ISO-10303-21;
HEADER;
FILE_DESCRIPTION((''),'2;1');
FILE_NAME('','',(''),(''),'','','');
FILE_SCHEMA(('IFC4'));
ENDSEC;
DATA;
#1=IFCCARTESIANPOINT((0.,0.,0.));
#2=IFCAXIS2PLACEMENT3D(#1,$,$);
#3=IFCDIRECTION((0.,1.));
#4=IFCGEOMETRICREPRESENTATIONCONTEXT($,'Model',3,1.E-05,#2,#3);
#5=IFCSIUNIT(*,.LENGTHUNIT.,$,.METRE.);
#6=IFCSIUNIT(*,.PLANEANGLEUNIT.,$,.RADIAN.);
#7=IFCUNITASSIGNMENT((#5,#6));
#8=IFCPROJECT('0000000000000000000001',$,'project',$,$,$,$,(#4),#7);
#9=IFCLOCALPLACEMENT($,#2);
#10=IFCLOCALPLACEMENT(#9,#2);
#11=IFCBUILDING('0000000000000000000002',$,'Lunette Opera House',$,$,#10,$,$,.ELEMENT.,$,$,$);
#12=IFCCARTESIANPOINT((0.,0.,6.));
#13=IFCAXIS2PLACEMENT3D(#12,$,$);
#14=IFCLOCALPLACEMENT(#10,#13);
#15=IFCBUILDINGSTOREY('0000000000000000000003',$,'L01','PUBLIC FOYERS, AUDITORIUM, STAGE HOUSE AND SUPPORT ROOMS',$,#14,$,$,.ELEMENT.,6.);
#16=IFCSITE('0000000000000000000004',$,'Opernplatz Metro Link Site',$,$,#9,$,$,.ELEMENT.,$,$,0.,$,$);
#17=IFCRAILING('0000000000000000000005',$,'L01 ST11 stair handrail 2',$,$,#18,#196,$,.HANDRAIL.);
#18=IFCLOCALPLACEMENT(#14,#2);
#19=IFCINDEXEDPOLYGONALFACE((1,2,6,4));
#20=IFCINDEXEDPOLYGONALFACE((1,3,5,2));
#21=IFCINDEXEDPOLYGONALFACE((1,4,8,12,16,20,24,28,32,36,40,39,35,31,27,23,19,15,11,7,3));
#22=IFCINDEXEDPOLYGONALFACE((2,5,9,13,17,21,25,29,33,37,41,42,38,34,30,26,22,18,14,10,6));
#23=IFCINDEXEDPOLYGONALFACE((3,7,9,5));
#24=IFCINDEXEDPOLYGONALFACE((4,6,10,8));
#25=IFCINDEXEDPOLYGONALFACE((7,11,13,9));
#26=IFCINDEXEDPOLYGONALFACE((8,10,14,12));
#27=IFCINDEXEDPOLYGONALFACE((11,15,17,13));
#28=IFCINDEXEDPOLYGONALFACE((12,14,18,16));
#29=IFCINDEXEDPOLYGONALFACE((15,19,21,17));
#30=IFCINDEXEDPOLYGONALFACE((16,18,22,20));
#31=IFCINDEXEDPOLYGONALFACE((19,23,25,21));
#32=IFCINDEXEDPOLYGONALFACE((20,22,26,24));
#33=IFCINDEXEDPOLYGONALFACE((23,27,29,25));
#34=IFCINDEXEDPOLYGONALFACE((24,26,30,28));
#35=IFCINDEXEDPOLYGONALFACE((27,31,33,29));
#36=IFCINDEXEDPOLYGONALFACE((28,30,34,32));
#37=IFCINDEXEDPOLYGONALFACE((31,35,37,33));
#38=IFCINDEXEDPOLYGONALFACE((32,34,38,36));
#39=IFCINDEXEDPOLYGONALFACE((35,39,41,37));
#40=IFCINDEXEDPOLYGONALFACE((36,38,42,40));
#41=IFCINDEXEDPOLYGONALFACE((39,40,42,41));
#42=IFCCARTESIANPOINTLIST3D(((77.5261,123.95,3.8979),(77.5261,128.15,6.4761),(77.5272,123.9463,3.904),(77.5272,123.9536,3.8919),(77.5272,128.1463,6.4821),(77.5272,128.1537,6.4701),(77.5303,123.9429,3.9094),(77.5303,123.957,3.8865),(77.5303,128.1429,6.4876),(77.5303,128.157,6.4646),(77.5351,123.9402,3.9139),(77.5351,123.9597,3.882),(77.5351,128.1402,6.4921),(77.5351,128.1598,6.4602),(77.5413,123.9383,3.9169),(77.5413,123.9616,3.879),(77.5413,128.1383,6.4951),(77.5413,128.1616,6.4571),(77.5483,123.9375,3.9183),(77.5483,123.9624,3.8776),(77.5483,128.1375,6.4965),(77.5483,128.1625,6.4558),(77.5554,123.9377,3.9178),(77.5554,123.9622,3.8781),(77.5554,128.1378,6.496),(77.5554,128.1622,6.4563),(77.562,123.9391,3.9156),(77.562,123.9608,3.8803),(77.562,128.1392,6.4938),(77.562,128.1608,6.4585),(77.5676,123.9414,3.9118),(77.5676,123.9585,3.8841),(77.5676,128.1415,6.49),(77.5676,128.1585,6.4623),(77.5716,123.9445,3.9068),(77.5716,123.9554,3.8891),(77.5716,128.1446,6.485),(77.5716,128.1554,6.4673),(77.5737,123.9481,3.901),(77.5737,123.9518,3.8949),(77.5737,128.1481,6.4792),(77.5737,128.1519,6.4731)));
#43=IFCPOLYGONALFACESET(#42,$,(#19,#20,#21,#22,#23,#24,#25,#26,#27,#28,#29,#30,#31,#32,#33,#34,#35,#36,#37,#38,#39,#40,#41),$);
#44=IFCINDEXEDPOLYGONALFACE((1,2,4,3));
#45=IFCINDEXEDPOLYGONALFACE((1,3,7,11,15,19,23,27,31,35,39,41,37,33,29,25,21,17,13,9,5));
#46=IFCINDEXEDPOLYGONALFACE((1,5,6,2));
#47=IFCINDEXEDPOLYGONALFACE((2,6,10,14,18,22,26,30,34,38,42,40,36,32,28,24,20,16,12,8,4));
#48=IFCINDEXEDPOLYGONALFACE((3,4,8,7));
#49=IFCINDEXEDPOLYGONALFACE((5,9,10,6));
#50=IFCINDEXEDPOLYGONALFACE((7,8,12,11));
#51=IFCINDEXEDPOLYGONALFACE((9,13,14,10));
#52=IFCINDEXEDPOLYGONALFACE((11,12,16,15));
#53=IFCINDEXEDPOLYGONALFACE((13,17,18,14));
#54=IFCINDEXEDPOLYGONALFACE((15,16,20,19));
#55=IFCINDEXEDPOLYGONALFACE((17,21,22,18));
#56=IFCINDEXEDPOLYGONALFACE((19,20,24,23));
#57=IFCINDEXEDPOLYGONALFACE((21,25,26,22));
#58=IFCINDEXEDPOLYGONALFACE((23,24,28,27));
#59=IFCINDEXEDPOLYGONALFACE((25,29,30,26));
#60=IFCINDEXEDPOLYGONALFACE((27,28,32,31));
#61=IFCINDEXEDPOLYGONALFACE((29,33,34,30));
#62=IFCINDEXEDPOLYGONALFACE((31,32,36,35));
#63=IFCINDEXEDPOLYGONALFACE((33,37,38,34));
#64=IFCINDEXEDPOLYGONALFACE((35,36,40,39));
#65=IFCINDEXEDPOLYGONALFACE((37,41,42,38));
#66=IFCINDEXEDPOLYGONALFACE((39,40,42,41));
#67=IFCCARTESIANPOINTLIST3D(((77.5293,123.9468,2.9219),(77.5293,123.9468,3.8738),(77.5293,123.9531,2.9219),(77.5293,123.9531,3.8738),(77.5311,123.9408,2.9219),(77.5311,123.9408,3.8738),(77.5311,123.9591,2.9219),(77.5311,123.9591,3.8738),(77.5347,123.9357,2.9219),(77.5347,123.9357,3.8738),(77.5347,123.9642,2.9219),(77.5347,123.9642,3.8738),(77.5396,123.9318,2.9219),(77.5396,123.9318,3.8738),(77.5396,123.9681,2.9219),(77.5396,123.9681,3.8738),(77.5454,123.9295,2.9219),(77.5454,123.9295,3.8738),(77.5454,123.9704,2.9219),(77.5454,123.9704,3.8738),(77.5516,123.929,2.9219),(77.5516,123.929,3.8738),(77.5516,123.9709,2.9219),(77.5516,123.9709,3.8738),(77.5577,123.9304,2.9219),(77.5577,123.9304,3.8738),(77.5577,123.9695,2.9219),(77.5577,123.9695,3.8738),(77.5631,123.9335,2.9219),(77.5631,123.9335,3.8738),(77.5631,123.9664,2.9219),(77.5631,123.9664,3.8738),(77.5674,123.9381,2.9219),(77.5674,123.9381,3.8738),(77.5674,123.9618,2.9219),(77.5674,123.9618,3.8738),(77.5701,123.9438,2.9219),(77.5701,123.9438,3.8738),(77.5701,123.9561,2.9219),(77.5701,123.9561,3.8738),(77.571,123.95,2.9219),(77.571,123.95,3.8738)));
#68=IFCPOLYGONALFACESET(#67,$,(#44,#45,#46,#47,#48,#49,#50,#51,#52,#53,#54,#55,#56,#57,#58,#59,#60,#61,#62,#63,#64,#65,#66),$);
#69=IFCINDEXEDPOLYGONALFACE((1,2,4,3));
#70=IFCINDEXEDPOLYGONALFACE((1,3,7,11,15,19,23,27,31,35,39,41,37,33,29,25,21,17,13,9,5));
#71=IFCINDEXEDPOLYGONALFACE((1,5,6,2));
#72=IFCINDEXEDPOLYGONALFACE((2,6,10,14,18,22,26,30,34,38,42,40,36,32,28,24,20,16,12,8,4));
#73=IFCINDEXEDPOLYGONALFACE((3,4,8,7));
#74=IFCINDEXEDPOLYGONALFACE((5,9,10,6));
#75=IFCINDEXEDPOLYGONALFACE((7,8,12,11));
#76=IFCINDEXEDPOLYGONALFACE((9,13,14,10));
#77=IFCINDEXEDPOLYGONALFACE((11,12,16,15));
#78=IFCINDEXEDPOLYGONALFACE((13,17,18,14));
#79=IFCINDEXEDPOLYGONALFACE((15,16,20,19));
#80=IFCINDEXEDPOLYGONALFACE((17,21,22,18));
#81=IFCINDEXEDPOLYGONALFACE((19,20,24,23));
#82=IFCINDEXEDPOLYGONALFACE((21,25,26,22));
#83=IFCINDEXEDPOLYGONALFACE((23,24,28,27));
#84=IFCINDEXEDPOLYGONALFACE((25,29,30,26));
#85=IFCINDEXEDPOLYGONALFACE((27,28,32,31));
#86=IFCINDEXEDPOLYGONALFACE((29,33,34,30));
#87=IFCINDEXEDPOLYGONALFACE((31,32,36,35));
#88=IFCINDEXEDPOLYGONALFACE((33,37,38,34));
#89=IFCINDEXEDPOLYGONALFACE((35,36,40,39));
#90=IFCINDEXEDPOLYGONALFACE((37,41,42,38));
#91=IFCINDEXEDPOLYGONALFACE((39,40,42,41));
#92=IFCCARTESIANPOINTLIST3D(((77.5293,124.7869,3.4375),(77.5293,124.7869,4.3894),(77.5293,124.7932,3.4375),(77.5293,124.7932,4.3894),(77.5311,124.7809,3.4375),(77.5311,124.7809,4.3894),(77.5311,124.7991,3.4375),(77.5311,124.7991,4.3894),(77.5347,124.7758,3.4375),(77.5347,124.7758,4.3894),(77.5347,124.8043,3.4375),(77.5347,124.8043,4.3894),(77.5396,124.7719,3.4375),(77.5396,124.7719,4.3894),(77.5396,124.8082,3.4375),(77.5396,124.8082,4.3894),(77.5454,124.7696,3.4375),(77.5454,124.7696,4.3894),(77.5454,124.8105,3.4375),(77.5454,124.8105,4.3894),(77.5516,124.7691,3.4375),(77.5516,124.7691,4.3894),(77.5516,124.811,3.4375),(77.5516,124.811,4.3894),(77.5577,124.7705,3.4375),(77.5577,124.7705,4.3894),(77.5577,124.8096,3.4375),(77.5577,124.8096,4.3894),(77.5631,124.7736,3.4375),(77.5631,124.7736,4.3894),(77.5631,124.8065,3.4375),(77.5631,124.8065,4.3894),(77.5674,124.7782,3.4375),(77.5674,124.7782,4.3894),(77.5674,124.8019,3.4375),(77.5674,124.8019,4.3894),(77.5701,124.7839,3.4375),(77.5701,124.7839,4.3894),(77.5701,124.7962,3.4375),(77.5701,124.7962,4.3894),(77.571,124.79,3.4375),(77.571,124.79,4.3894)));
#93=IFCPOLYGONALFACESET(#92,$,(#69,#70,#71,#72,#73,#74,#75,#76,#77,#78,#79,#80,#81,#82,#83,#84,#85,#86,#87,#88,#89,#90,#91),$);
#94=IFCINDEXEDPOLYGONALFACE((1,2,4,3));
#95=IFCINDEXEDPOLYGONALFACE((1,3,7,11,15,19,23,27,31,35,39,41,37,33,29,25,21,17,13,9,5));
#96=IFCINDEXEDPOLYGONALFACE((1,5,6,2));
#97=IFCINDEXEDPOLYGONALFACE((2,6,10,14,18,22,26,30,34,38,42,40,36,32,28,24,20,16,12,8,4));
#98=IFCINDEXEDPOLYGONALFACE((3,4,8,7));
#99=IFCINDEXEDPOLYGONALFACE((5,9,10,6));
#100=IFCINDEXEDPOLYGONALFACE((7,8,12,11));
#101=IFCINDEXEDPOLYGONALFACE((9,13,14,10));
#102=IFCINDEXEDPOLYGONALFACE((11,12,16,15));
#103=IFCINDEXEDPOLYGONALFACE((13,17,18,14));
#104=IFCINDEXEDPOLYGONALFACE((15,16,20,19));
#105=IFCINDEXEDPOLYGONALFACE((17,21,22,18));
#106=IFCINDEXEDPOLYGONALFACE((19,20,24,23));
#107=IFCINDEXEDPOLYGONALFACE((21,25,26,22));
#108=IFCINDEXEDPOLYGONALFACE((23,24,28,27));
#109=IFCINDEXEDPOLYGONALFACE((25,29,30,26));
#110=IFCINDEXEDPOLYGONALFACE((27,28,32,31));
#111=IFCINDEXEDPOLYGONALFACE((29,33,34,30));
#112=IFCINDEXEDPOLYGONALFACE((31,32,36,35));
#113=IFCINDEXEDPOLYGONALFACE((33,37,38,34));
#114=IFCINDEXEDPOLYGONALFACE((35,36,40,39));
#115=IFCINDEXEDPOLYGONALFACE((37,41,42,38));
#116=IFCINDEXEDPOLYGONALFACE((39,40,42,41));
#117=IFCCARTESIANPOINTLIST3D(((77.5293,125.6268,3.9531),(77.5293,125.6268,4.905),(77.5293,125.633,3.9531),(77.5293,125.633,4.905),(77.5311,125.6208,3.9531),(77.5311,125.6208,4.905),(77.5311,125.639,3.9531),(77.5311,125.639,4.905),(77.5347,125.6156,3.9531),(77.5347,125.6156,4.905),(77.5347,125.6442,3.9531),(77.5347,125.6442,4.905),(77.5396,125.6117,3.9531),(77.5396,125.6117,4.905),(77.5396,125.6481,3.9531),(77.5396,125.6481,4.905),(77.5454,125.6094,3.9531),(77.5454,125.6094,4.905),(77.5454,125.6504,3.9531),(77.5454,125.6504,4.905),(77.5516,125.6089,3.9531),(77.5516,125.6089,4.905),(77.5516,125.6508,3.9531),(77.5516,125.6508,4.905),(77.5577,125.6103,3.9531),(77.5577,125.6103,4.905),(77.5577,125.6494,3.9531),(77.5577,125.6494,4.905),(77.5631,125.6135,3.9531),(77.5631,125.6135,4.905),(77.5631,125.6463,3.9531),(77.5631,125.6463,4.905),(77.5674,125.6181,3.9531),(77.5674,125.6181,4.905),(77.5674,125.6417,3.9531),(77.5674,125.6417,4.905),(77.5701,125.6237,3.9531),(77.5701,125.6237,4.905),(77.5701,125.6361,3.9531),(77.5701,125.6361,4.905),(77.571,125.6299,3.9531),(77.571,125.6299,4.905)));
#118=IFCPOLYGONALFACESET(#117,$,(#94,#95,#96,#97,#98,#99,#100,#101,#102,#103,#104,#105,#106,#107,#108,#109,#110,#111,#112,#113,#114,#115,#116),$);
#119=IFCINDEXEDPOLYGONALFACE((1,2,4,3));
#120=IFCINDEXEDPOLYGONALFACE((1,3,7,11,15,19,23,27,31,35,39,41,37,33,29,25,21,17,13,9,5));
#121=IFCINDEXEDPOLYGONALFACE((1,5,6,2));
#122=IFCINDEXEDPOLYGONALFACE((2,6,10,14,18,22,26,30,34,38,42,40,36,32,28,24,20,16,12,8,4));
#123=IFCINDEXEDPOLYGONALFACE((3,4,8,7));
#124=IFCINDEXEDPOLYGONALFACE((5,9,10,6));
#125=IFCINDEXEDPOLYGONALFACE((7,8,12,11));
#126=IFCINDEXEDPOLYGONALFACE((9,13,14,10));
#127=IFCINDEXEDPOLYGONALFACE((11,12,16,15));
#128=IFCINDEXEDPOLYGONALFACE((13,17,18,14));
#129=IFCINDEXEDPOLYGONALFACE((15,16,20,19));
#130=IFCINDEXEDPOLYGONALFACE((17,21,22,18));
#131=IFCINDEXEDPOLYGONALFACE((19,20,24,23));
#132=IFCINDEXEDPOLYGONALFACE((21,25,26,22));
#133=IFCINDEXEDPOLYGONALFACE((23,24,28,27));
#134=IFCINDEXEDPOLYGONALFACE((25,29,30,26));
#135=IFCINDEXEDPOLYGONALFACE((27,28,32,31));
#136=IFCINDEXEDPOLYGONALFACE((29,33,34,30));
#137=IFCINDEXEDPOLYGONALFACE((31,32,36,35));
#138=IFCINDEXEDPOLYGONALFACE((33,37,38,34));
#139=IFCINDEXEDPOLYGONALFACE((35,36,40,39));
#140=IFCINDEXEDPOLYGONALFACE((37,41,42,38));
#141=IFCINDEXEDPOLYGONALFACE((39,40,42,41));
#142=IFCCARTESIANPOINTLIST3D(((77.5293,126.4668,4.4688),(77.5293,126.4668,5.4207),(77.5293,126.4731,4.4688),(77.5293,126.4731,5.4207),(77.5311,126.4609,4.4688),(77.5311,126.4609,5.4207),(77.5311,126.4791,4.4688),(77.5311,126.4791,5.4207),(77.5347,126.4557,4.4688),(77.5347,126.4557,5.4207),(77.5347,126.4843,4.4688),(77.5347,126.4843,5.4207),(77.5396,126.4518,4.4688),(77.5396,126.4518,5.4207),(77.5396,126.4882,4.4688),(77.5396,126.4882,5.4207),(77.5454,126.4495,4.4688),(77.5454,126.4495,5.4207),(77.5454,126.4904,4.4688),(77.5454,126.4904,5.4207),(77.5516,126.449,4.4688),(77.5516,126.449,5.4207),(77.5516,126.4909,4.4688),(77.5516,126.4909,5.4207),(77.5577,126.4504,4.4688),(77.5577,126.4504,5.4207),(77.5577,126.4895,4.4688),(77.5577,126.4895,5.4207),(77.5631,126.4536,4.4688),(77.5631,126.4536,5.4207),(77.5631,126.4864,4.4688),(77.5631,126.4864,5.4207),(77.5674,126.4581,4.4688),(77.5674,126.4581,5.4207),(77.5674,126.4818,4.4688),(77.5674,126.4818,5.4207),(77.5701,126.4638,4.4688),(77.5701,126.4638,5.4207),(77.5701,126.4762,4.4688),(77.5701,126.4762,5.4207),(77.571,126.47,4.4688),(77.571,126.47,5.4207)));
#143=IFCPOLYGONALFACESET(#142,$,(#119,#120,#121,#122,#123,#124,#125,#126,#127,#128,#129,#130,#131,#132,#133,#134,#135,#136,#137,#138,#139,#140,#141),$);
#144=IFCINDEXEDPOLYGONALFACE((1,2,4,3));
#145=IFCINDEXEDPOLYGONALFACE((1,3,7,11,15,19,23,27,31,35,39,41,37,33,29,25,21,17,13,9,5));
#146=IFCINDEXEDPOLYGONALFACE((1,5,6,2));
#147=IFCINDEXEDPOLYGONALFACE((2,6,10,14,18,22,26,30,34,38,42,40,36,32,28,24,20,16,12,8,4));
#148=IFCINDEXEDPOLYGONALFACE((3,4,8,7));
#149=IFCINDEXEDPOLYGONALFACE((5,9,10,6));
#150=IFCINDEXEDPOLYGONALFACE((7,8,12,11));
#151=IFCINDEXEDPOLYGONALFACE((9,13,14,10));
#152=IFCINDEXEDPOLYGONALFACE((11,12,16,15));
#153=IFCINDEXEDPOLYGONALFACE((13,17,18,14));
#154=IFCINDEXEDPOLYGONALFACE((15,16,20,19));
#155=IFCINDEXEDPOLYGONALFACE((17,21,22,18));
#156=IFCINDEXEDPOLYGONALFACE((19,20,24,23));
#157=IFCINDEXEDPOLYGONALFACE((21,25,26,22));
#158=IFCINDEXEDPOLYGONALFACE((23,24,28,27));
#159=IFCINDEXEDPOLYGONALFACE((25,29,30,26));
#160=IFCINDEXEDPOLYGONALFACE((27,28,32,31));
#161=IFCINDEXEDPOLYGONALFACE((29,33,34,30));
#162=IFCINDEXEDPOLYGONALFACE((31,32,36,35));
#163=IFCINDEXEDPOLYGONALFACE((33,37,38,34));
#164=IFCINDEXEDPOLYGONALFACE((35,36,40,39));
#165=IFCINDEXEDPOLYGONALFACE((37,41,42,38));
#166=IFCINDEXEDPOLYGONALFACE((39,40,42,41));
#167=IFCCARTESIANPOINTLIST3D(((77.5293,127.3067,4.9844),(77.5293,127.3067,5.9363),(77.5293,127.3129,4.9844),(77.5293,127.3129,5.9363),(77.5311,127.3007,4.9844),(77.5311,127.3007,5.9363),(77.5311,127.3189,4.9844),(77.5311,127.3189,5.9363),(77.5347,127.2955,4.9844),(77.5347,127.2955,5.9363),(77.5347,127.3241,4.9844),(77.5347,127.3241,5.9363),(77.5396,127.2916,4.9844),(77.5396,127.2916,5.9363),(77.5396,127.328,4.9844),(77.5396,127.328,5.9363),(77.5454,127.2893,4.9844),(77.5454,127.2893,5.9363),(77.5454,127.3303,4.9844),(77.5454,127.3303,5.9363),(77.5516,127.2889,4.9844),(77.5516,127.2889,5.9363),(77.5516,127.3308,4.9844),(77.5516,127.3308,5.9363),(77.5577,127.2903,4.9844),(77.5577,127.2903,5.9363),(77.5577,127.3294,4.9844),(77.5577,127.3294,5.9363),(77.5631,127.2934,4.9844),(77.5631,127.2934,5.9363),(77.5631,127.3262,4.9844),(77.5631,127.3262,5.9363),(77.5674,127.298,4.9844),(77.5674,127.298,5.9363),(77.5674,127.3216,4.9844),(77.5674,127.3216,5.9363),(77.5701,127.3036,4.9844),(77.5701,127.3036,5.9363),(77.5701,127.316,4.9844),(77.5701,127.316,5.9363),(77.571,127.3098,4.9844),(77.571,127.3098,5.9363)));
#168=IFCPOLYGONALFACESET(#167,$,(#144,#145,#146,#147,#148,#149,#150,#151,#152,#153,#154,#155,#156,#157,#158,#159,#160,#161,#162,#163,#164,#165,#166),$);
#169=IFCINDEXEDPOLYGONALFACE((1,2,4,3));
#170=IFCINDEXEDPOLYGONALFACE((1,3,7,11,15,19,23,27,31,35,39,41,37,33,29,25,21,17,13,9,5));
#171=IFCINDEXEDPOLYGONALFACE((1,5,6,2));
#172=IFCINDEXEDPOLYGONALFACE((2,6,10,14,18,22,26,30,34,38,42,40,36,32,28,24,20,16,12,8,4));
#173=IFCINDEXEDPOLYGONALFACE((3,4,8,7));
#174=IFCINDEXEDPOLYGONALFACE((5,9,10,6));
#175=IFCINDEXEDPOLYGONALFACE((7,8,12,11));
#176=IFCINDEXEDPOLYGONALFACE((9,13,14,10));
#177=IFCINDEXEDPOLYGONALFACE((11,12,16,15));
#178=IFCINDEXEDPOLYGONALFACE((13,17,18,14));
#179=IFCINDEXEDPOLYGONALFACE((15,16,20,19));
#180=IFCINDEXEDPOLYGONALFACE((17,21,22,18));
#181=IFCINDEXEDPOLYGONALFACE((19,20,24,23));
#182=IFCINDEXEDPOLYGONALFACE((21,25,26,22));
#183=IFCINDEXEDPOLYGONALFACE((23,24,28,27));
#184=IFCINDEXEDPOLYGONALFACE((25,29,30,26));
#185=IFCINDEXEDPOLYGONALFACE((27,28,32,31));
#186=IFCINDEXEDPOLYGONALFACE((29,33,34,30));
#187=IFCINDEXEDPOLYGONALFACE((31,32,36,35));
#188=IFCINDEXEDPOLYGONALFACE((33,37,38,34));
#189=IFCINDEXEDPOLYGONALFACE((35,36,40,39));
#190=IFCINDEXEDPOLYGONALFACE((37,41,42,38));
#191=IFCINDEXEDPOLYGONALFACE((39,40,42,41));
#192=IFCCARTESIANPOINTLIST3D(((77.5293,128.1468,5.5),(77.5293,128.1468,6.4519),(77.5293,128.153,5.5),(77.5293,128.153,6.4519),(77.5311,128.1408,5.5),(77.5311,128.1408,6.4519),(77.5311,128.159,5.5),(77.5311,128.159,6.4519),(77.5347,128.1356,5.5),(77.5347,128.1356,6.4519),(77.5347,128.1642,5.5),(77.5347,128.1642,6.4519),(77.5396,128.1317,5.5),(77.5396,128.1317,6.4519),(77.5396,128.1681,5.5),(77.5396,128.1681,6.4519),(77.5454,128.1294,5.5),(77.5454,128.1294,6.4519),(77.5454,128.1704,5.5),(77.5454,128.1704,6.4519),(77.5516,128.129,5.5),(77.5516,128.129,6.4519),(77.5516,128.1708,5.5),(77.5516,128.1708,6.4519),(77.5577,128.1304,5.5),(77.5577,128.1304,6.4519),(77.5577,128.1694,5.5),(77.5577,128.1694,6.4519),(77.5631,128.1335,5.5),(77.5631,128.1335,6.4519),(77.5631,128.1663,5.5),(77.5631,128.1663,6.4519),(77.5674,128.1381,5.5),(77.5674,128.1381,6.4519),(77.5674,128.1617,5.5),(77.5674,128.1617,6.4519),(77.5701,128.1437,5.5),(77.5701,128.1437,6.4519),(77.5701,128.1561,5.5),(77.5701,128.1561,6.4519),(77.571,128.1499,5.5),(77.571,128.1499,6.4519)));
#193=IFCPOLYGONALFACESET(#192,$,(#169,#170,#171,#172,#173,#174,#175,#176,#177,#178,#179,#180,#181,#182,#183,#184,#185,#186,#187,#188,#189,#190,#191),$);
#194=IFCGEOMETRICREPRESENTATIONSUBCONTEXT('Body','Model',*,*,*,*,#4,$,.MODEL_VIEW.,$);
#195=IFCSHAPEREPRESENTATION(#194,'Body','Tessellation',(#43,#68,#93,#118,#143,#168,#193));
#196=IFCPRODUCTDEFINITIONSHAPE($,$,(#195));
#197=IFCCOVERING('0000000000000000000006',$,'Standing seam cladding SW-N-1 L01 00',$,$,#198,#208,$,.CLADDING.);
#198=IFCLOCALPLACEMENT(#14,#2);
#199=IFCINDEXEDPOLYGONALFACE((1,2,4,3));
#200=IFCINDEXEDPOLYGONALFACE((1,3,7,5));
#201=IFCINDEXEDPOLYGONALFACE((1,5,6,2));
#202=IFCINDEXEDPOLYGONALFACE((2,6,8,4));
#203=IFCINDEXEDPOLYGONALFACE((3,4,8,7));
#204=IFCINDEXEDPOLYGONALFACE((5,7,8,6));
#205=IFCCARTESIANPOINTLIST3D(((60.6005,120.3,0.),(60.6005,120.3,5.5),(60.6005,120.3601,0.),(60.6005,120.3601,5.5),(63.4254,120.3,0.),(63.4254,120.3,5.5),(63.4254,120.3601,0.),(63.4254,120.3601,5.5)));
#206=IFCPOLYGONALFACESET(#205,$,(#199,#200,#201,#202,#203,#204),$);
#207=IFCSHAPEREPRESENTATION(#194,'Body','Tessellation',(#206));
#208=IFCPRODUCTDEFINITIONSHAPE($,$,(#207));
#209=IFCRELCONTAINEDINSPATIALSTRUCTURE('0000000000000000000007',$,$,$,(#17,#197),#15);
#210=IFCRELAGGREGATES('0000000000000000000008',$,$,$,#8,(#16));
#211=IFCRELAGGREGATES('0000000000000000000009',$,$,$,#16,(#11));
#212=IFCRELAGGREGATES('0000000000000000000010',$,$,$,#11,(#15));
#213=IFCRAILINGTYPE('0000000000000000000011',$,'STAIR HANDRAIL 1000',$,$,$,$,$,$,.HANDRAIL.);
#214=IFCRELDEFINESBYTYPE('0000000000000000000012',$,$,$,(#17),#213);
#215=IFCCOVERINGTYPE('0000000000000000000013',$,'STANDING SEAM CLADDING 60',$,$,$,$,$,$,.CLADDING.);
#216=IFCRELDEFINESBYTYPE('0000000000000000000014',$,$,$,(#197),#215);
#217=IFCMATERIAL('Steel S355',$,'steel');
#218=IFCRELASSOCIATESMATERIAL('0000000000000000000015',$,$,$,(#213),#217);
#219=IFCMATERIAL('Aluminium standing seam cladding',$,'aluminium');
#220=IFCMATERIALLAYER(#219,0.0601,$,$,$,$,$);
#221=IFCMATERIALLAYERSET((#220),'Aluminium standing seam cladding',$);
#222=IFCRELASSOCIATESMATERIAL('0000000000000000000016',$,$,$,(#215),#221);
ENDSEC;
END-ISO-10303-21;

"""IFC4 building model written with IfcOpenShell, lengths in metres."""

from ifc_helpers import new_model, si_unit, direction, frame, origin, origin_2d, place, context, subcontext, project, spatial, rectangle, circle, extrude, material, layer, layer_set, type_object, element, save


model = new_model("IFC4")

# Units and contexts
model_context = context("Model", 3, precision=1e-05, world=origin(), true_north=direction((0.0, 1.0)))
body_context = subcontext(model_context, "Body", "Model", "MODEL_VIEW")
ifc_project = project(units=[si_unit("LENGTHUNIT", "METRE"), si_unit("PLANEANGLEUNIT", "RADIAN")], contexts=[model_context])

# Site, building, storey
site_placement = place(None, origin())
site = spatial("IfcSite", under=ifc_project, at=site_placement, Name="Opernplatz Metro Link Site", CompositionType="ELEMENT", RefElevation=0.0)
building_placement = place(site_placement, origin())
building = spatial("IfcBuilding", under=site, at=building_placement, Name="Lunette Opera House", CompositionType="ELEMENT")
storey_placement = place(building_placement, frame((0.0, 0.0, 6.0)))
storey = spatial("IfcBuildingStorey", under=building, at=storey_placement, Name="L01", Description="PUBLIC FOYERS, AUDITORIUM, STAGE HOUSE AND SUPPORT ROOMS", CompositionType="ELEMENT", Elevation=6.0)

# Railing
ifc_material_1 = material(Name="Steel S355", Category="steel")
railing_type_1 = type_object("IfcRailingType", Name="STAIR HANDRAIL 1000", PredefinedType="HANDRAIL", material=ifc_material_1)
railing_1_placement = place(storey_placement, frame((77.55, 123.95, 2.9219)))
element("IfcRailing", 1, at=railing_1_placement, inside=storey, type_object=railing_type_1, Name="L01 ST11 stair handrail 2", PredefinedType="HANDRAIL", context=body_context, shape_type="SweptSolid", body=[
    extrude(circle(Radius=0.0239, at=origin_2d()), frame((0.0, 0.0, 0.9761), z_axis=(0.0, 0.852243, 0.523146), x_axis=(-1.0, 0.0, 0.0)), (0.0, 0.0, 1.0), 4.9282),
    extrude(circle(Radius=0.021, at=origin_2d()), origin(), (0.0, 0.0, 1.0), 0.9519),
    extrude(circle(Radius=0.021, at=origin_2d()), frame((0.0, 0.8401, 0.5156)), (0.0, 0.0, 1.0), 0.9519),
    extrude(circle(Radius=0.021, at=origin_2d()), frame((0.0, 1.6799, 1.0312)), (0.0, 0.0, 1.0), 0.9519),
    extrude(circle(Radius=0.021, at=origin_2d()), frame((0.0, 2.52, 1.5469)), (0.0, 0.0, 1.0), 0.9519),
    extrude(circle(Radius=0.021, at=origin_2d()), frame((0.0, 3.3599, 2.0625)), (0.0, 0.0, 1.0), 0.9519),
    extrude(circle(Radius=0.021, at=origin_2d()), frame((0.0, 4.2, 2.5781)), (0.0, 0.0, 1.0), 0.9519),
])

# Covering
ifc_material_2 = material(Name="Aluminium standing seam cladding", Category="aluminium")
ifc_layer_1 = layer(ifc_material_2, 0.0601)
ifc_layer_set_1 = layer_set([ifc_layer_1], Name="Aluminium standing seam cladding")
covering_type = type_object("IfcCoveringType", Name="STANDING SEAM CLADDING 60", PredefinedType="CLADDING", material=ifc_layer_set_1)
for number, where, z_axis, x_axis, name in (
    (2, (62.0129, 120.3301, 0.0), (0.0, 0.0, 1.0), (1.0, 0.0, 0.0), "Standing seam cladding SW-N-1 L01 00"),
):
    element("IfcCovering", number, at=place(storey_placement, frame(where, z_axis=z_axis, x_axis=x_axis)), inside=storey, type_object=covering_type, Name=name, PredefinedType="CLADDING", context=body_context, shape_type="SweptSolid", body=[
        extrude(rectangle(XDim=2.825, YDim=0.0601, at=origin_2d()), origin(), (0.0, 0.0, 1.0), 5.5),
    ])

save(model, "model.ifc")
